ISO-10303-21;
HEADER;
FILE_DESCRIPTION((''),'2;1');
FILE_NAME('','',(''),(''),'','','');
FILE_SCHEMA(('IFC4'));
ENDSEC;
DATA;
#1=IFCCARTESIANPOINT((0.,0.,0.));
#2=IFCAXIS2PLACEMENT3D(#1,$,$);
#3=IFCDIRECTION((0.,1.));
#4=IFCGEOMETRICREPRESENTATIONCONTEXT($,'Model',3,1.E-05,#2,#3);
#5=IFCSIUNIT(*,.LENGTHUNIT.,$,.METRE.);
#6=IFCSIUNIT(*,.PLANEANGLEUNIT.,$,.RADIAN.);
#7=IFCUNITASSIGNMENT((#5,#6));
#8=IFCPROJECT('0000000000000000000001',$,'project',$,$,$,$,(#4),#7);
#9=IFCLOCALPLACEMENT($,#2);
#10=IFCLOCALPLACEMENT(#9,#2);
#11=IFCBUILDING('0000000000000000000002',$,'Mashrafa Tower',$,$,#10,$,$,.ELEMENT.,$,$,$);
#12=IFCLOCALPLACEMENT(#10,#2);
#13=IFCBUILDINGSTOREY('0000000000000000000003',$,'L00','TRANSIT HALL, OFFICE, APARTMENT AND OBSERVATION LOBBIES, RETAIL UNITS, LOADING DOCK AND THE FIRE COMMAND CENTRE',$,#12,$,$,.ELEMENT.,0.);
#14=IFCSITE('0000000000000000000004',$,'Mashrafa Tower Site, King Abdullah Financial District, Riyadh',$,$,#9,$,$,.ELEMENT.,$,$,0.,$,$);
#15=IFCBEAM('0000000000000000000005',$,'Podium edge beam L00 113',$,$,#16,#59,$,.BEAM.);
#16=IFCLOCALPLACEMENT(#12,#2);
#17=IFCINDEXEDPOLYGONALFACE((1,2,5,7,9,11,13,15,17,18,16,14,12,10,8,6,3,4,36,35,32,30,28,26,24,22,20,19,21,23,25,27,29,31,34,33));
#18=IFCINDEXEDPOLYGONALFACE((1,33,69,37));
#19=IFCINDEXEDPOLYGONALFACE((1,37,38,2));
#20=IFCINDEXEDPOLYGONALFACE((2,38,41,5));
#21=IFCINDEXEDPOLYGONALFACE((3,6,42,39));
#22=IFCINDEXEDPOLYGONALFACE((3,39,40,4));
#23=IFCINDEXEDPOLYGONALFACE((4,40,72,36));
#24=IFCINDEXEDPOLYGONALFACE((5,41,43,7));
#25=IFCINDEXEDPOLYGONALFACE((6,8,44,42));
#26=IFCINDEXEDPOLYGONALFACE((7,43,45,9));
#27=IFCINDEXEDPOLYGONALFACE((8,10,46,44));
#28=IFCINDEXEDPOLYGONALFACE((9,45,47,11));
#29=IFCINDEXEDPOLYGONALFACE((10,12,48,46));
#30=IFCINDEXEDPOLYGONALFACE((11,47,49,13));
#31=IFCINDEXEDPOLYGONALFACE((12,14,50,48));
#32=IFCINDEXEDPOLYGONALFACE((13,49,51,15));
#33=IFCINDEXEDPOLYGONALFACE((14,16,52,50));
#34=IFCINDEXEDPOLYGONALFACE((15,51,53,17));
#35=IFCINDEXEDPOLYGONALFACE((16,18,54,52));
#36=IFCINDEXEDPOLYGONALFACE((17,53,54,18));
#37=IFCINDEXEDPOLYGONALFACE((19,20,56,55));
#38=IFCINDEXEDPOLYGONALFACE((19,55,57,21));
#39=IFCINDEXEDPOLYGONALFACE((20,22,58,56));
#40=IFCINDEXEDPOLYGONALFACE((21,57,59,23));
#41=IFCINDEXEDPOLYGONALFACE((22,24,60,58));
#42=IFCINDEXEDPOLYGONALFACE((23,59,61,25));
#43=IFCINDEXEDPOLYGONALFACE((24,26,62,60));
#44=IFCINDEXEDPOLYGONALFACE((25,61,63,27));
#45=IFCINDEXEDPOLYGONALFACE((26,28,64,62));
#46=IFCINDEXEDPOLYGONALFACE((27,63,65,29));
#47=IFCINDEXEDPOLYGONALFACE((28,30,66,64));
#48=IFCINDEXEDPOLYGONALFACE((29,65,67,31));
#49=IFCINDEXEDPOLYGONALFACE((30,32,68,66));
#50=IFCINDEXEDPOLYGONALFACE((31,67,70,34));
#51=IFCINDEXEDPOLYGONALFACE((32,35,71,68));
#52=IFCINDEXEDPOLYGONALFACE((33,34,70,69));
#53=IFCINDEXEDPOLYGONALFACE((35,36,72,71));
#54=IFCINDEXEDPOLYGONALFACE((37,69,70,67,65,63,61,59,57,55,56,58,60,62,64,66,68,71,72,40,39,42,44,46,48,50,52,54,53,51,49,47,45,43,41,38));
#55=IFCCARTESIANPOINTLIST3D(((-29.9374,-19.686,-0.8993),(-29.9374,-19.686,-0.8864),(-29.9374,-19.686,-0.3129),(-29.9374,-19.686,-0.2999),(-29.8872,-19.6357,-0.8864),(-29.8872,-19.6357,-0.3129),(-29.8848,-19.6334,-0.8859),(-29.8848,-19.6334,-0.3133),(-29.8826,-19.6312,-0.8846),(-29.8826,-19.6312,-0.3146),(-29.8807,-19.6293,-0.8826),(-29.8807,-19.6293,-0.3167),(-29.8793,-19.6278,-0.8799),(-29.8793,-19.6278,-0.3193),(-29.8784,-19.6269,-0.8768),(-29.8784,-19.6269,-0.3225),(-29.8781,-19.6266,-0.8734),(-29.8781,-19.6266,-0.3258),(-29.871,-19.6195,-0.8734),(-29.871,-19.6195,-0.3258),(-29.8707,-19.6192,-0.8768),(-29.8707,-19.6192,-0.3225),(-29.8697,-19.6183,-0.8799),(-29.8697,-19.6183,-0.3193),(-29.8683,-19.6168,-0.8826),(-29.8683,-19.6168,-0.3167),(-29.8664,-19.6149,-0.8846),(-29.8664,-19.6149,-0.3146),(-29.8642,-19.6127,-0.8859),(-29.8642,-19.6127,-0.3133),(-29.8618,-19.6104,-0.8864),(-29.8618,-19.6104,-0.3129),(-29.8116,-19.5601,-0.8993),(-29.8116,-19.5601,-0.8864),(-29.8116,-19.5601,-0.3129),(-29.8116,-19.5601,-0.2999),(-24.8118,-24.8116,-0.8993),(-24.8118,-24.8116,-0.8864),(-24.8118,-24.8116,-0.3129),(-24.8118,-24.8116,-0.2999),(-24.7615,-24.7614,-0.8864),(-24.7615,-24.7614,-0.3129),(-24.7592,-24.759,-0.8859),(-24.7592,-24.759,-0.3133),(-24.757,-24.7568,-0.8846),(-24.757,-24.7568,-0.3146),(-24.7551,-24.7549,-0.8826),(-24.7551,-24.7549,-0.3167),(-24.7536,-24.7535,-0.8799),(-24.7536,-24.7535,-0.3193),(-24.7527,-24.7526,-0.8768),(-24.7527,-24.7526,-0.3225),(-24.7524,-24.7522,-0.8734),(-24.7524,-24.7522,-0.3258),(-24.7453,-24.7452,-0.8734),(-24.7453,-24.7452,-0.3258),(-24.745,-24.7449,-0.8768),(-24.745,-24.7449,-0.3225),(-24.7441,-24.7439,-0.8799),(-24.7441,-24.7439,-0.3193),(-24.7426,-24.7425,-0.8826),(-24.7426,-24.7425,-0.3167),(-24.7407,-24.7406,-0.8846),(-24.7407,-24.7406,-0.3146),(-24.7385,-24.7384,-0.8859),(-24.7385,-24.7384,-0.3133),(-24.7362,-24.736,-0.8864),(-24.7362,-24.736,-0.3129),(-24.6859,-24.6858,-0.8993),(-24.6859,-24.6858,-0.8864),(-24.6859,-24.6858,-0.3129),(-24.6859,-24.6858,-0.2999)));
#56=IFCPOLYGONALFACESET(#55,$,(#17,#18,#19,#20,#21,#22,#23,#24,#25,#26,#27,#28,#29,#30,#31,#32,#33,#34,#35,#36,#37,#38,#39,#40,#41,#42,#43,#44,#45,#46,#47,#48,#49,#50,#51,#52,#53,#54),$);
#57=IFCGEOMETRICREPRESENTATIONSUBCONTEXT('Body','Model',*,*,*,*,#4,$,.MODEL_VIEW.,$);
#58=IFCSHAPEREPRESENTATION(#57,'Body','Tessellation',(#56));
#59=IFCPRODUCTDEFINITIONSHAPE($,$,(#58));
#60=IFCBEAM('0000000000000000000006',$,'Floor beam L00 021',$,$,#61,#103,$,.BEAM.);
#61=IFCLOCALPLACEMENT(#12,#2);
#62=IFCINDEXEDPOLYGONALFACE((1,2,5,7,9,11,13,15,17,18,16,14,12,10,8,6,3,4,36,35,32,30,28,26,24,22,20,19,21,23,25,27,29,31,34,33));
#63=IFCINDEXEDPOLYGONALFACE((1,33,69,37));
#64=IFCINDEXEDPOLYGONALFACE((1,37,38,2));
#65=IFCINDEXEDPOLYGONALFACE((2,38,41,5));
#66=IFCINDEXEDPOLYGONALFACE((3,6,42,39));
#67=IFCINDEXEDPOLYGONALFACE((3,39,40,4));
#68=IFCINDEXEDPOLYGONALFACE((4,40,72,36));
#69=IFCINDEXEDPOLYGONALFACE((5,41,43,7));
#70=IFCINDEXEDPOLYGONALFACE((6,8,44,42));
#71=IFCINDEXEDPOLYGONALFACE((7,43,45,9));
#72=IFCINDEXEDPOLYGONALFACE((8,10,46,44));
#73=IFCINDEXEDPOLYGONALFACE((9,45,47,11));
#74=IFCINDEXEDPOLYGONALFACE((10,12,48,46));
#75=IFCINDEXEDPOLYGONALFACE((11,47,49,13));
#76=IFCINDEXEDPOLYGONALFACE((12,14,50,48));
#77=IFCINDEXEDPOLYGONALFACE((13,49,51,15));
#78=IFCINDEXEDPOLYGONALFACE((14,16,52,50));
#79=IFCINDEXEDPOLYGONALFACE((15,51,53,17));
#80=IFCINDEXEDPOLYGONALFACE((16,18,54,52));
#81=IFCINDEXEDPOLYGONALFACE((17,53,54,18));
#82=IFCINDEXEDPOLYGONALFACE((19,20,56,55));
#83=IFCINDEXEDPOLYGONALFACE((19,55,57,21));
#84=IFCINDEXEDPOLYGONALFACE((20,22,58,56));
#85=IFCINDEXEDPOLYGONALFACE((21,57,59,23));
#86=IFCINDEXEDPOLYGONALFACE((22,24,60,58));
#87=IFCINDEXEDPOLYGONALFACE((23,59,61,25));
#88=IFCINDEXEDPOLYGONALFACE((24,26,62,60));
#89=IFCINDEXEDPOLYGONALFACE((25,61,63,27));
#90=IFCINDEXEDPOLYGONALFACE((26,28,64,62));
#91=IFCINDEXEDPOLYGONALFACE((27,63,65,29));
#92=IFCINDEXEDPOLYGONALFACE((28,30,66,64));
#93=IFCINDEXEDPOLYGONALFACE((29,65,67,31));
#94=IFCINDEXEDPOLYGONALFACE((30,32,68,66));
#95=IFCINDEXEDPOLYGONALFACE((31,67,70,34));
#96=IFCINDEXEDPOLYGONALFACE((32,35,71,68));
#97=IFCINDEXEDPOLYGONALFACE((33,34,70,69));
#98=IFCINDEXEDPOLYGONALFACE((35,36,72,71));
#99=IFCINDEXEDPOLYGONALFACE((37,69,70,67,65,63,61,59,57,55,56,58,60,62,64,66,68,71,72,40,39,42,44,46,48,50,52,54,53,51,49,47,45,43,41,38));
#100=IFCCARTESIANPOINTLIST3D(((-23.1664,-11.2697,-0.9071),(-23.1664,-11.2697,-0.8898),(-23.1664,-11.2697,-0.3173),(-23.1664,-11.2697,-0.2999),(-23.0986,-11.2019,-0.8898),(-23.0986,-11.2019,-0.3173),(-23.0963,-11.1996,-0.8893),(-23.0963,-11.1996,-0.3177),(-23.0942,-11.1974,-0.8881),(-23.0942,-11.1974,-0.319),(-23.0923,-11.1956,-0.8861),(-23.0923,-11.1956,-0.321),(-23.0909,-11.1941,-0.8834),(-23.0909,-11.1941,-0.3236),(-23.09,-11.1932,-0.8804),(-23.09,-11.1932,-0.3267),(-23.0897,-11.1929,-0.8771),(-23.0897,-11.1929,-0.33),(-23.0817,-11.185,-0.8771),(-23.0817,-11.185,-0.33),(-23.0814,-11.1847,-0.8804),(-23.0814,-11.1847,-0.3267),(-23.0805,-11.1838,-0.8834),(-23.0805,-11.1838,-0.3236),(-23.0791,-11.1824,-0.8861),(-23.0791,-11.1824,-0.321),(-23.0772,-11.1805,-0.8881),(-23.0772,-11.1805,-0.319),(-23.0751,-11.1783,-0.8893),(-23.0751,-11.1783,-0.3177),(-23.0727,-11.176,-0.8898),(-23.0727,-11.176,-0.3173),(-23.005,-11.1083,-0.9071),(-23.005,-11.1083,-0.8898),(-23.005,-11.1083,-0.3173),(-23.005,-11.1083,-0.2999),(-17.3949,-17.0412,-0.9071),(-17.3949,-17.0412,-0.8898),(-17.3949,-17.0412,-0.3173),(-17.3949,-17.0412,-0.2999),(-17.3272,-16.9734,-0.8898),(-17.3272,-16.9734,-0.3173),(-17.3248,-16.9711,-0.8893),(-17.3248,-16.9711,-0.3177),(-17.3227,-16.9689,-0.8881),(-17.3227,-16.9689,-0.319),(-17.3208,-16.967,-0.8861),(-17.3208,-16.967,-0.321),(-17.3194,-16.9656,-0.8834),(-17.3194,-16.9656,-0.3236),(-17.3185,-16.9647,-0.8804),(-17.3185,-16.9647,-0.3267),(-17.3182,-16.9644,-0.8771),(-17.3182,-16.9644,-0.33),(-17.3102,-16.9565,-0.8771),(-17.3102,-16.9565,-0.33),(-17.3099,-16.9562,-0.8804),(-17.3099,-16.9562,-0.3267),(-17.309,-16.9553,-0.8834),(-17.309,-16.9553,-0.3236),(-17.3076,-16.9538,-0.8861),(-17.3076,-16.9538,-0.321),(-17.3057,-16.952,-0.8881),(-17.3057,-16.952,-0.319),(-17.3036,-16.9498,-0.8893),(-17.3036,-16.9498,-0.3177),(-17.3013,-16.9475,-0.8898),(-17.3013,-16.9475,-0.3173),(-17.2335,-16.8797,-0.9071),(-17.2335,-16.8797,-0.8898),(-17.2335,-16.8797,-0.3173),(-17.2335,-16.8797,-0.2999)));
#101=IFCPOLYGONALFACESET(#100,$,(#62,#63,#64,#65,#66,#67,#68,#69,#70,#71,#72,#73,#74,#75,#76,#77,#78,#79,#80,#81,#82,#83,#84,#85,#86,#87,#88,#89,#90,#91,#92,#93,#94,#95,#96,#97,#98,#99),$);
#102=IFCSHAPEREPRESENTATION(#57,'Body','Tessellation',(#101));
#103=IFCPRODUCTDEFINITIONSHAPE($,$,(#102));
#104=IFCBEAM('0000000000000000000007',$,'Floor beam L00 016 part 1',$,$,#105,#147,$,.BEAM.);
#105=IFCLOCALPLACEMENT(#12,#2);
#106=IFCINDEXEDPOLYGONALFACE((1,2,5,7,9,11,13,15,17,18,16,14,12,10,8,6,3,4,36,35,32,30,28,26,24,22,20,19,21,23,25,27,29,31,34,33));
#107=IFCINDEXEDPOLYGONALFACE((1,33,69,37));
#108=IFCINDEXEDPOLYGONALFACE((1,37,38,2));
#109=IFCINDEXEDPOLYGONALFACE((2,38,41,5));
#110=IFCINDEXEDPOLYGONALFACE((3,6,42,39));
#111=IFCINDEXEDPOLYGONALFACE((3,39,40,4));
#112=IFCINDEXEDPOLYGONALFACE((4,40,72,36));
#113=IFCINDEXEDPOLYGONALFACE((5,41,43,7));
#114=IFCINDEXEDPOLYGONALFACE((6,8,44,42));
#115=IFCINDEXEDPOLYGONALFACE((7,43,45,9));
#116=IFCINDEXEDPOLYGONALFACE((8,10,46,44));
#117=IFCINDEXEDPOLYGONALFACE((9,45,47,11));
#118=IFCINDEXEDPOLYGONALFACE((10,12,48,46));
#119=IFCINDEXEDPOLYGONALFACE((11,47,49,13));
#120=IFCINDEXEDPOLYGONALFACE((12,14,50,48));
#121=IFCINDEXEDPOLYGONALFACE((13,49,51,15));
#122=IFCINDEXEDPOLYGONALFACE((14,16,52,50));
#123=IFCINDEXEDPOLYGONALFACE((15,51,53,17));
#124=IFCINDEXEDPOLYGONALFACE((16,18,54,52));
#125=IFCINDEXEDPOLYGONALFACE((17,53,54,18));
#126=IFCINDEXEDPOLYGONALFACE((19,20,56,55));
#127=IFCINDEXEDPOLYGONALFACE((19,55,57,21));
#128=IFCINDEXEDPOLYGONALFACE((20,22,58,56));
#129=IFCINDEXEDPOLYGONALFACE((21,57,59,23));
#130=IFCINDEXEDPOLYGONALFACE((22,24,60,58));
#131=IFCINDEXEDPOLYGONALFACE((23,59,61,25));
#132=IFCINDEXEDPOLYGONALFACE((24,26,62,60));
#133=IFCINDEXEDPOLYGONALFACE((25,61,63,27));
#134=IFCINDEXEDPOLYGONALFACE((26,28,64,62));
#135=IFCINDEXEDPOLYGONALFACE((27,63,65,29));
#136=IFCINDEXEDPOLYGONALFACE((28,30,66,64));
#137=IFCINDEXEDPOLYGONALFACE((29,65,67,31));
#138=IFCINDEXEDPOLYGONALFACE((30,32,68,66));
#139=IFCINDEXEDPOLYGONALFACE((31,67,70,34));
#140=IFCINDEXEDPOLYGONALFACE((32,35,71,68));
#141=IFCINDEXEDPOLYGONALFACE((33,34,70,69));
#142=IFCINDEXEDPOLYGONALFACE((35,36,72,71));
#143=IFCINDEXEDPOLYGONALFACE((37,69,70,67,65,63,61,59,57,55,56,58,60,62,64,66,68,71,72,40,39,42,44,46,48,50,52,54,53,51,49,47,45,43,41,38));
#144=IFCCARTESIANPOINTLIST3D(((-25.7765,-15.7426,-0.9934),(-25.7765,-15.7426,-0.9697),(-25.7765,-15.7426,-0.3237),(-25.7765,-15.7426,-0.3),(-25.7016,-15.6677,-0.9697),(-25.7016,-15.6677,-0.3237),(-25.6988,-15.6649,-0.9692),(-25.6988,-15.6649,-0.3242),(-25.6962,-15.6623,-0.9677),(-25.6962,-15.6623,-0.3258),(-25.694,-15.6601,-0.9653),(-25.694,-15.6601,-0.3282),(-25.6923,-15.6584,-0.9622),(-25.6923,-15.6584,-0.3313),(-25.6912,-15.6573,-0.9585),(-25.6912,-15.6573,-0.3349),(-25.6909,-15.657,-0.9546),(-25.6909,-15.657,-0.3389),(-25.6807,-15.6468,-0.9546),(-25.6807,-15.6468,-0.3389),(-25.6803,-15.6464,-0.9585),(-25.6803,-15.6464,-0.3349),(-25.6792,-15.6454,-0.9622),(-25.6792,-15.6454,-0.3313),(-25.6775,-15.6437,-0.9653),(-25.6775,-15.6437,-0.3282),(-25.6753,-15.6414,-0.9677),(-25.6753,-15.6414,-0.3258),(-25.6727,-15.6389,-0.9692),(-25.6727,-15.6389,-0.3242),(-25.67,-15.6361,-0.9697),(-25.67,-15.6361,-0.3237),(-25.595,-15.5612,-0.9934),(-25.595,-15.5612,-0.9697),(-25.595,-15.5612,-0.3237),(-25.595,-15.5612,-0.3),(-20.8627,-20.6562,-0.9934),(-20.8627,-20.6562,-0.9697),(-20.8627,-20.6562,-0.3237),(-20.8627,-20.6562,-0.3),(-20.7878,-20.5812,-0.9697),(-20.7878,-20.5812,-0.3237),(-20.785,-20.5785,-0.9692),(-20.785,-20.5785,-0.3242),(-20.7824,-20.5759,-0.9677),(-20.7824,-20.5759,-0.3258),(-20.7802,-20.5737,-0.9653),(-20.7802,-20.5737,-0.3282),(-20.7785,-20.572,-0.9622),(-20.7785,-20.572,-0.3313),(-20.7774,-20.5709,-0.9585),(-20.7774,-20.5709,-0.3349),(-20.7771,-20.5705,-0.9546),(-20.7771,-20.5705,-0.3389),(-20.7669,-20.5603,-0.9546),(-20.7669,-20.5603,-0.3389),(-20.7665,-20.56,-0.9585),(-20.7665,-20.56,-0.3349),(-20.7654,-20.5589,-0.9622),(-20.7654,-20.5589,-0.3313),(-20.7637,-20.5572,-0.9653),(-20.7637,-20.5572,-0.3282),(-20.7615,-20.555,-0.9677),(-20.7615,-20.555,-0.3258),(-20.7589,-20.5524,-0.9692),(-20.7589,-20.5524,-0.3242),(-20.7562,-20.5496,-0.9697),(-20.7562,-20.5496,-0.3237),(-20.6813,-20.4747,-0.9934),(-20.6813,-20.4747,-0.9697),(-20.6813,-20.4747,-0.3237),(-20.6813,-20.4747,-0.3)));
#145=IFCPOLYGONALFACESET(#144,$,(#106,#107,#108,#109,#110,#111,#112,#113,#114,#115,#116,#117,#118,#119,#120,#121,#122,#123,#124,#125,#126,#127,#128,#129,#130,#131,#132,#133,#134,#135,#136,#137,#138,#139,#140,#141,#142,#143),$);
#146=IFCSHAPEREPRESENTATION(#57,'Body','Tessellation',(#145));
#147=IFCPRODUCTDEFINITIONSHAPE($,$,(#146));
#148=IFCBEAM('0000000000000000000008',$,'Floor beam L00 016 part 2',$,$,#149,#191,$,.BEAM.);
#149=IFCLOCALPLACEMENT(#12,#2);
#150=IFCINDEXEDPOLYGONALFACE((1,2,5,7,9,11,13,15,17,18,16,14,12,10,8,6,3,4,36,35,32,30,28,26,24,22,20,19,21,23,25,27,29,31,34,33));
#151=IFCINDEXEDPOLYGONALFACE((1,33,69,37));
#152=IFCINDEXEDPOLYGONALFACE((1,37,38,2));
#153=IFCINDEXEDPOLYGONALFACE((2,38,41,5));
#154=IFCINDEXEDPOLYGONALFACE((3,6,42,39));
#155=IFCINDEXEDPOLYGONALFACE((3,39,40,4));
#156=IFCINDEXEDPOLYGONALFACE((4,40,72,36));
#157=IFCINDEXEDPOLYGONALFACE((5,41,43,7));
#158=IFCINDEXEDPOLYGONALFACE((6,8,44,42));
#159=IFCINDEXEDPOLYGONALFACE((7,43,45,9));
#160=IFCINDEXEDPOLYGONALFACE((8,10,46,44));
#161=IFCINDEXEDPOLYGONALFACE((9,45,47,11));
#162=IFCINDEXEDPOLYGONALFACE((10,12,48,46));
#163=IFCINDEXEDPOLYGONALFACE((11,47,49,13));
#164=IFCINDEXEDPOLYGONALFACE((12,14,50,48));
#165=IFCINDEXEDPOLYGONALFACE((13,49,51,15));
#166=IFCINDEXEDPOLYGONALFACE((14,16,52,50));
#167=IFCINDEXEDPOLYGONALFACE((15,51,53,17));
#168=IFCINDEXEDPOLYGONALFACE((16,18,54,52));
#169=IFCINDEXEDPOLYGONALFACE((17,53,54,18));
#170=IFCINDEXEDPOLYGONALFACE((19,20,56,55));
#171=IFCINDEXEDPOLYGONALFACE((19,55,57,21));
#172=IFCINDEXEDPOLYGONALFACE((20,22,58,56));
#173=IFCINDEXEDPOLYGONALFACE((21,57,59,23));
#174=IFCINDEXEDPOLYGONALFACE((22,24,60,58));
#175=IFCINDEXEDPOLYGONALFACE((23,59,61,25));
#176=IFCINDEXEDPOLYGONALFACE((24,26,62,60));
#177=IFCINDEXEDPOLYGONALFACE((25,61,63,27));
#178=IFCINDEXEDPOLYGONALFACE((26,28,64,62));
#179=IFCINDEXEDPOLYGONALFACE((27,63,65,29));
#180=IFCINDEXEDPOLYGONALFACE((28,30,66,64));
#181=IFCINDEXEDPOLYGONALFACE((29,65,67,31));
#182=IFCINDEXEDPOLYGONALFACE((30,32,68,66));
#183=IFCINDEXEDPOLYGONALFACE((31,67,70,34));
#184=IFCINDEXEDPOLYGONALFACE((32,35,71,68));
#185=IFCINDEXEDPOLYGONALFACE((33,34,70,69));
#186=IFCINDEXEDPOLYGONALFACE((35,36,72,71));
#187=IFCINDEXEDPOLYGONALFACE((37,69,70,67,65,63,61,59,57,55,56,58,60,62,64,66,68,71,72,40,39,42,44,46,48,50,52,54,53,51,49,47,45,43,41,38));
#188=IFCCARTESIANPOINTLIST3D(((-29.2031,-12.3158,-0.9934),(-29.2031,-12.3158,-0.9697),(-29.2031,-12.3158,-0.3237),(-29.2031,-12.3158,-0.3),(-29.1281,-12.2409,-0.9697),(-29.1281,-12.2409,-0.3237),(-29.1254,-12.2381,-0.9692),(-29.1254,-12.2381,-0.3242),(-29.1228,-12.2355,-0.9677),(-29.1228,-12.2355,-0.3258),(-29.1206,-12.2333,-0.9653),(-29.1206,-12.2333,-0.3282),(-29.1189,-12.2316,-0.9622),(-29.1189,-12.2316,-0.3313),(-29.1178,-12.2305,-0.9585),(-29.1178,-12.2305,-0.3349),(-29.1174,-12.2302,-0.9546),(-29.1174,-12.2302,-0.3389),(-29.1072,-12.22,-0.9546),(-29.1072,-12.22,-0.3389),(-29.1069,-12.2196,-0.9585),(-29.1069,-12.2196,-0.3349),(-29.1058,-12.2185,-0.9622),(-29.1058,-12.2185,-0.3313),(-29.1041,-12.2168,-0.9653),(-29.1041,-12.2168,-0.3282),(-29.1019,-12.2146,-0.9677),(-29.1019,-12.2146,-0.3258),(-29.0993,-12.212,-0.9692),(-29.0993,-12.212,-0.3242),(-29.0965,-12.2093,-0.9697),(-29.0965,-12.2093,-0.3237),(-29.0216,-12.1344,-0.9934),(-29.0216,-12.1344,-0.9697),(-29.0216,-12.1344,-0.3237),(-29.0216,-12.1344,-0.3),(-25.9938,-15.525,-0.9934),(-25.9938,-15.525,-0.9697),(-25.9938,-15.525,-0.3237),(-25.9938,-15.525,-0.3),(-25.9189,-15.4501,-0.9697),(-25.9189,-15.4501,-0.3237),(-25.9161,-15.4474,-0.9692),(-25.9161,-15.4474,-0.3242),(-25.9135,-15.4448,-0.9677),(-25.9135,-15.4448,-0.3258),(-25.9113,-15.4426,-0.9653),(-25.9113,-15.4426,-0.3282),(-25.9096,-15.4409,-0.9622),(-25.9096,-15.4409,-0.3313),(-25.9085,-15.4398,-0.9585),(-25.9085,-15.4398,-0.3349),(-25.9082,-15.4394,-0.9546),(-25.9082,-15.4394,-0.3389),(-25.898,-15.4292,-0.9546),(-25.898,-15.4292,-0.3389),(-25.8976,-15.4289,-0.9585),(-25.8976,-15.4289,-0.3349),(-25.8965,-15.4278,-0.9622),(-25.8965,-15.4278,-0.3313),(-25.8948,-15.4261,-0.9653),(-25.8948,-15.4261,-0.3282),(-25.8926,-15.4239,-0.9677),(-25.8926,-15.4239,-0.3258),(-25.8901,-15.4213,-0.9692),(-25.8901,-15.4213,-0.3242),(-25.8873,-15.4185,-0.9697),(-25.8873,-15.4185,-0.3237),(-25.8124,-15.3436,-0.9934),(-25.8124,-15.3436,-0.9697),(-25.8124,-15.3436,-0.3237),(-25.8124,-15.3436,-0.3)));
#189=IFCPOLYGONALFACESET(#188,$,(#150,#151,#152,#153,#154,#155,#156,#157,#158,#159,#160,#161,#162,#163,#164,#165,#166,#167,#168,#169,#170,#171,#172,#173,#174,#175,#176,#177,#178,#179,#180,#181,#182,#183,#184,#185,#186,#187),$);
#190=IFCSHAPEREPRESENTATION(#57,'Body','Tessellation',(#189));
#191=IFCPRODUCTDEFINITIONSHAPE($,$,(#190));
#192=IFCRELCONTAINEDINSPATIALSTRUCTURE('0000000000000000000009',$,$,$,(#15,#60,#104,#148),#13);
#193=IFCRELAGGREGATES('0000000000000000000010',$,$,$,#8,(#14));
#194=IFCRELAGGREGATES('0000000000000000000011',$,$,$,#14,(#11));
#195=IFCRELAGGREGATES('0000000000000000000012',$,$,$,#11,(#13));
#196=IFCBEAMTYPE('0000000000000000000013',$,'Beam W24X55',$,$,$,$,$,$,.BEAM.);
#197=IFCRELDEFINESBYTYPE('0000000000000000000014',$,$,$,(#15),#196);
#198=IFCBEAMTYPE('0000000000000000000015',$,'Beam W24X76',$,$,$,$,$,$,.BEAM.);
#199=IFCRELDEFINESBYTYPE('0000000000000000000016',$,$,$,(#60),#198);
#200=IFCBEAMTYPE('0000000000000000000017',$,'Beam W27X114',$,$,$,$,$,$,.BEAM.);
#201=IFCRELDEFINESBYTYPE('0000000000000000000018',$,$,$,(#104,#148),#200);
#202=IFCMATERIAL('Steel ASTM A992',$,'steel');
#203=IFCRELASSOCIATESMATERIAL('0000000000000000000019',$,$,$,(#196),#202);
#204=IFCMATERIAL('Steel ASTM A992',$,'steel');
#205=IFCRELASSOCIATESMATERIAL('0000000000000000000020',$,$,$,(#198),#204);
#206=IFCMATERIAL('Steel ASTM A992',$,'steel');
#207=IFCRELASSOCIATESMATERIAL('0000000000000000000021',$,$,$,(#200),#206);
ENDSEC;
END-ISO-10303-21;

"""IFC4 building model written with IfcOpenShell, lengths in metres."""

from ifc_helpers import new_model, si_unit, direction, frame, origin, origin_2d, place, context, subcontext, project, spatial, i_section, extrude, material, material_profile, profile_set, type_object, element, save


model = new_model("IFC4")

# Units and contexts
model_context = context("Model", 3, precision=1e-05, world=origin(), true_north=direction((0.0, 1.0)))
body_context = subcontext(model_context, "Body", "Model", "MODEL_VIEW")
ifc_project = project(units=[si_unit("LENGTHUNIT", "METRE"), si_unit("PLANEANGLEUNIT", "RADIAN")], contexts=[model_context])

# Site, building, storey
site_placement = place(None, origin())
site = spatial("IfcSite", under=ifc_project, at=site_placement, Name="Mashrafa Tower Site, King Abdullah Financial District, Riyadh", CompositionType="ELEMENT", RefElevation=0.0)
building_placement = place(site_placement, origin())
building = spatial("IfcBuilding", under=site, at=building_placement, Name="Mashrafa Tower", CompositionType="ELEMENT")
storey_placement = place(building_placement, origin())
storey = spatial("IfcBuildingStorey", under=building, at=storey_placement, Name="L00", Description="TRANSIT HALL, OFFICE, APARTMENT AND OBSERVATION LOBBIES, RETAIL UNITS, LOADING DOCK AND THE FIRE COMMAND CENTRE", CompositionType="ELEMENT", Elevation=0.0)

# Beams
ifc_material_1 = material(Name="Steel ASTM A992", Category="steel")
ifc_material_profile_1 = material_profile(ifc_material_1, i_section(OverallWidth=0.178, OverallDepth=0.5994, WebThickness=0.01, FlangeThickness=0.0129, FilletRadius=0.0129, at=origin_2d()), Name="W24X55")
ifc_profile_set_1 = profile_set([ifc_material_profile_1], Name="Steel ASTM A992")
beam_type_1 = type_object("IfcBeamType", Name="Beam W24X55", PredefinedType="BEAM", material=ifc_profile_set_1)
beam_1_placement = place(storey_placement, frame((-29.8745, -19.623, -0.5996), z_axis=(0.707107, -0.707107, 0.0), x_axis=(0.707107, 0.707107, 0.0)))
element("IfcBeam", 1, at=beam_1_placement, inside=storey, type_object=beam_type_1, Name="Podium edge beam L00 113", PredefinedType="BEAM", context=body_context, shape_type="SweptSolid", body=[
    extrude(i_section(OverallWidth=0.178, OverallDepth=0.5994, WebThickness=0.01, FlangeThickness=0.0129, FilletRadius=0.0129, at=origin_2d()), origin(), (0.0, 0.0, 1.0), 7.2488),
])
ifc_material_2 = material(Name="Steel ASTM A992", Category="steel")
ifc_material_profile_2 = material_profile(ifc_material_2, i_section(OverallWidth=0.2283, OverallDepth=0.6072, WebThickness=0.0112, FlangeThickness=0.0173, FilletRadius=0.0127, at=origin_2d()), Name="W24X76")
ifc_profile_set_2 = profile_set([ifc_material_profile_2], Name="Steel ASTM A992")
beam_type_2 = type_object("IfcBeamType", Name="Beam W24X76", PredefinedType="BEAM", material=ifc_profile_set_2)
beam_2_placement = place(storey_placement, frame((-17.3142, -16.9604, -0.6035), z_axis=(-0.707107, 0.707107, 0.0), x_axis=(-0.707107, -0.707107, 0.0)))
element("IfcBeam", 2, at=beam_2_placement, inside=storey, type_object=beam_type_2, Name="Floor beam L00 021", PredefinedType="BEAM", context=body_context, shape_type="SweptSolid", body=[
    extrude(i_section(OverallWidth=0.2283, OverallDepth=0.6072, WebThickness=0.0112, FlangeThickness=0.0173, FilletRadius=0.0127, at=origin_2d()), origin(), (0.0, 0.0, 1.0), 8.1621),
])
ifc_material_3 = material(Name="Steel ASTM A992", Category="steel")
ifc_material_profile_3 = material_profile(ifc_material_3, i_section(OverallWidth=0.2566, OverallDepth=0.6934, WebThickness=0.0144, FlangeThickness=0.0237, FilletRadius=0.0151, at=origin_2d()), Name="W27X114")
ifc_profile_set_3 = profile_set([ifc_material_profile_3], Name="Steel ASTM A992")
beam_type_3 = type_object("IfcBeamType", Name="Beam W27X114", PredefinedType="BEAM", material=ifc_profile_set_3)
beam_3_placement = place(storey_placement, frame((-20.772, -20.5654, -0.6467), z_axis=(-0.707124, 0.707089, 0.0), x_axis=(-0.707089, -0.707124, 0.0)))
element("IfcBeam", 3, at=beam_3_placement, inside=storey, type_object=beam_type_3, Name="Floor beam L00 016 part 1", PredefinedType="BEAM", context=body_context, shape_type="SweptSolid", body=[
    extrude(i_section(OverallWidth=0.2566, OverallDepth=0.6934, WebThickness=0.0144, FlangeThickness=0.0237, FilletRadius=0.0151, at=origin_2d()), origin(), (0.0, 0.0, 1.0), 6.949),
])
beam_4_placement = place(storey_placement, frame((-25.9031, -15.4343, -0.6467), z_axis=(-0.707107, 0.707107, 0.0), x_axis=(-0.707107, -0.707107, 0.0)))
element("IfcBeam", 4, at=beam_4_placement, inside=storey, type_object=beam_type_3, Name="Floor beam L00 016 part 2", PredefinedType="BEAM", context=body_context, shape_type="SweptSolid", body=[
    extrude(i_section(OverallWidth=0.2566, OverallDepth=0.6934, WebThickness=0.0144, FlangeThickness=0.0237, FilletRadius=0.0151, at=origin_2d()), origin(), (0.0, 0.0, 1.0), 4.5386),
])

save(model, "model.ifc")
